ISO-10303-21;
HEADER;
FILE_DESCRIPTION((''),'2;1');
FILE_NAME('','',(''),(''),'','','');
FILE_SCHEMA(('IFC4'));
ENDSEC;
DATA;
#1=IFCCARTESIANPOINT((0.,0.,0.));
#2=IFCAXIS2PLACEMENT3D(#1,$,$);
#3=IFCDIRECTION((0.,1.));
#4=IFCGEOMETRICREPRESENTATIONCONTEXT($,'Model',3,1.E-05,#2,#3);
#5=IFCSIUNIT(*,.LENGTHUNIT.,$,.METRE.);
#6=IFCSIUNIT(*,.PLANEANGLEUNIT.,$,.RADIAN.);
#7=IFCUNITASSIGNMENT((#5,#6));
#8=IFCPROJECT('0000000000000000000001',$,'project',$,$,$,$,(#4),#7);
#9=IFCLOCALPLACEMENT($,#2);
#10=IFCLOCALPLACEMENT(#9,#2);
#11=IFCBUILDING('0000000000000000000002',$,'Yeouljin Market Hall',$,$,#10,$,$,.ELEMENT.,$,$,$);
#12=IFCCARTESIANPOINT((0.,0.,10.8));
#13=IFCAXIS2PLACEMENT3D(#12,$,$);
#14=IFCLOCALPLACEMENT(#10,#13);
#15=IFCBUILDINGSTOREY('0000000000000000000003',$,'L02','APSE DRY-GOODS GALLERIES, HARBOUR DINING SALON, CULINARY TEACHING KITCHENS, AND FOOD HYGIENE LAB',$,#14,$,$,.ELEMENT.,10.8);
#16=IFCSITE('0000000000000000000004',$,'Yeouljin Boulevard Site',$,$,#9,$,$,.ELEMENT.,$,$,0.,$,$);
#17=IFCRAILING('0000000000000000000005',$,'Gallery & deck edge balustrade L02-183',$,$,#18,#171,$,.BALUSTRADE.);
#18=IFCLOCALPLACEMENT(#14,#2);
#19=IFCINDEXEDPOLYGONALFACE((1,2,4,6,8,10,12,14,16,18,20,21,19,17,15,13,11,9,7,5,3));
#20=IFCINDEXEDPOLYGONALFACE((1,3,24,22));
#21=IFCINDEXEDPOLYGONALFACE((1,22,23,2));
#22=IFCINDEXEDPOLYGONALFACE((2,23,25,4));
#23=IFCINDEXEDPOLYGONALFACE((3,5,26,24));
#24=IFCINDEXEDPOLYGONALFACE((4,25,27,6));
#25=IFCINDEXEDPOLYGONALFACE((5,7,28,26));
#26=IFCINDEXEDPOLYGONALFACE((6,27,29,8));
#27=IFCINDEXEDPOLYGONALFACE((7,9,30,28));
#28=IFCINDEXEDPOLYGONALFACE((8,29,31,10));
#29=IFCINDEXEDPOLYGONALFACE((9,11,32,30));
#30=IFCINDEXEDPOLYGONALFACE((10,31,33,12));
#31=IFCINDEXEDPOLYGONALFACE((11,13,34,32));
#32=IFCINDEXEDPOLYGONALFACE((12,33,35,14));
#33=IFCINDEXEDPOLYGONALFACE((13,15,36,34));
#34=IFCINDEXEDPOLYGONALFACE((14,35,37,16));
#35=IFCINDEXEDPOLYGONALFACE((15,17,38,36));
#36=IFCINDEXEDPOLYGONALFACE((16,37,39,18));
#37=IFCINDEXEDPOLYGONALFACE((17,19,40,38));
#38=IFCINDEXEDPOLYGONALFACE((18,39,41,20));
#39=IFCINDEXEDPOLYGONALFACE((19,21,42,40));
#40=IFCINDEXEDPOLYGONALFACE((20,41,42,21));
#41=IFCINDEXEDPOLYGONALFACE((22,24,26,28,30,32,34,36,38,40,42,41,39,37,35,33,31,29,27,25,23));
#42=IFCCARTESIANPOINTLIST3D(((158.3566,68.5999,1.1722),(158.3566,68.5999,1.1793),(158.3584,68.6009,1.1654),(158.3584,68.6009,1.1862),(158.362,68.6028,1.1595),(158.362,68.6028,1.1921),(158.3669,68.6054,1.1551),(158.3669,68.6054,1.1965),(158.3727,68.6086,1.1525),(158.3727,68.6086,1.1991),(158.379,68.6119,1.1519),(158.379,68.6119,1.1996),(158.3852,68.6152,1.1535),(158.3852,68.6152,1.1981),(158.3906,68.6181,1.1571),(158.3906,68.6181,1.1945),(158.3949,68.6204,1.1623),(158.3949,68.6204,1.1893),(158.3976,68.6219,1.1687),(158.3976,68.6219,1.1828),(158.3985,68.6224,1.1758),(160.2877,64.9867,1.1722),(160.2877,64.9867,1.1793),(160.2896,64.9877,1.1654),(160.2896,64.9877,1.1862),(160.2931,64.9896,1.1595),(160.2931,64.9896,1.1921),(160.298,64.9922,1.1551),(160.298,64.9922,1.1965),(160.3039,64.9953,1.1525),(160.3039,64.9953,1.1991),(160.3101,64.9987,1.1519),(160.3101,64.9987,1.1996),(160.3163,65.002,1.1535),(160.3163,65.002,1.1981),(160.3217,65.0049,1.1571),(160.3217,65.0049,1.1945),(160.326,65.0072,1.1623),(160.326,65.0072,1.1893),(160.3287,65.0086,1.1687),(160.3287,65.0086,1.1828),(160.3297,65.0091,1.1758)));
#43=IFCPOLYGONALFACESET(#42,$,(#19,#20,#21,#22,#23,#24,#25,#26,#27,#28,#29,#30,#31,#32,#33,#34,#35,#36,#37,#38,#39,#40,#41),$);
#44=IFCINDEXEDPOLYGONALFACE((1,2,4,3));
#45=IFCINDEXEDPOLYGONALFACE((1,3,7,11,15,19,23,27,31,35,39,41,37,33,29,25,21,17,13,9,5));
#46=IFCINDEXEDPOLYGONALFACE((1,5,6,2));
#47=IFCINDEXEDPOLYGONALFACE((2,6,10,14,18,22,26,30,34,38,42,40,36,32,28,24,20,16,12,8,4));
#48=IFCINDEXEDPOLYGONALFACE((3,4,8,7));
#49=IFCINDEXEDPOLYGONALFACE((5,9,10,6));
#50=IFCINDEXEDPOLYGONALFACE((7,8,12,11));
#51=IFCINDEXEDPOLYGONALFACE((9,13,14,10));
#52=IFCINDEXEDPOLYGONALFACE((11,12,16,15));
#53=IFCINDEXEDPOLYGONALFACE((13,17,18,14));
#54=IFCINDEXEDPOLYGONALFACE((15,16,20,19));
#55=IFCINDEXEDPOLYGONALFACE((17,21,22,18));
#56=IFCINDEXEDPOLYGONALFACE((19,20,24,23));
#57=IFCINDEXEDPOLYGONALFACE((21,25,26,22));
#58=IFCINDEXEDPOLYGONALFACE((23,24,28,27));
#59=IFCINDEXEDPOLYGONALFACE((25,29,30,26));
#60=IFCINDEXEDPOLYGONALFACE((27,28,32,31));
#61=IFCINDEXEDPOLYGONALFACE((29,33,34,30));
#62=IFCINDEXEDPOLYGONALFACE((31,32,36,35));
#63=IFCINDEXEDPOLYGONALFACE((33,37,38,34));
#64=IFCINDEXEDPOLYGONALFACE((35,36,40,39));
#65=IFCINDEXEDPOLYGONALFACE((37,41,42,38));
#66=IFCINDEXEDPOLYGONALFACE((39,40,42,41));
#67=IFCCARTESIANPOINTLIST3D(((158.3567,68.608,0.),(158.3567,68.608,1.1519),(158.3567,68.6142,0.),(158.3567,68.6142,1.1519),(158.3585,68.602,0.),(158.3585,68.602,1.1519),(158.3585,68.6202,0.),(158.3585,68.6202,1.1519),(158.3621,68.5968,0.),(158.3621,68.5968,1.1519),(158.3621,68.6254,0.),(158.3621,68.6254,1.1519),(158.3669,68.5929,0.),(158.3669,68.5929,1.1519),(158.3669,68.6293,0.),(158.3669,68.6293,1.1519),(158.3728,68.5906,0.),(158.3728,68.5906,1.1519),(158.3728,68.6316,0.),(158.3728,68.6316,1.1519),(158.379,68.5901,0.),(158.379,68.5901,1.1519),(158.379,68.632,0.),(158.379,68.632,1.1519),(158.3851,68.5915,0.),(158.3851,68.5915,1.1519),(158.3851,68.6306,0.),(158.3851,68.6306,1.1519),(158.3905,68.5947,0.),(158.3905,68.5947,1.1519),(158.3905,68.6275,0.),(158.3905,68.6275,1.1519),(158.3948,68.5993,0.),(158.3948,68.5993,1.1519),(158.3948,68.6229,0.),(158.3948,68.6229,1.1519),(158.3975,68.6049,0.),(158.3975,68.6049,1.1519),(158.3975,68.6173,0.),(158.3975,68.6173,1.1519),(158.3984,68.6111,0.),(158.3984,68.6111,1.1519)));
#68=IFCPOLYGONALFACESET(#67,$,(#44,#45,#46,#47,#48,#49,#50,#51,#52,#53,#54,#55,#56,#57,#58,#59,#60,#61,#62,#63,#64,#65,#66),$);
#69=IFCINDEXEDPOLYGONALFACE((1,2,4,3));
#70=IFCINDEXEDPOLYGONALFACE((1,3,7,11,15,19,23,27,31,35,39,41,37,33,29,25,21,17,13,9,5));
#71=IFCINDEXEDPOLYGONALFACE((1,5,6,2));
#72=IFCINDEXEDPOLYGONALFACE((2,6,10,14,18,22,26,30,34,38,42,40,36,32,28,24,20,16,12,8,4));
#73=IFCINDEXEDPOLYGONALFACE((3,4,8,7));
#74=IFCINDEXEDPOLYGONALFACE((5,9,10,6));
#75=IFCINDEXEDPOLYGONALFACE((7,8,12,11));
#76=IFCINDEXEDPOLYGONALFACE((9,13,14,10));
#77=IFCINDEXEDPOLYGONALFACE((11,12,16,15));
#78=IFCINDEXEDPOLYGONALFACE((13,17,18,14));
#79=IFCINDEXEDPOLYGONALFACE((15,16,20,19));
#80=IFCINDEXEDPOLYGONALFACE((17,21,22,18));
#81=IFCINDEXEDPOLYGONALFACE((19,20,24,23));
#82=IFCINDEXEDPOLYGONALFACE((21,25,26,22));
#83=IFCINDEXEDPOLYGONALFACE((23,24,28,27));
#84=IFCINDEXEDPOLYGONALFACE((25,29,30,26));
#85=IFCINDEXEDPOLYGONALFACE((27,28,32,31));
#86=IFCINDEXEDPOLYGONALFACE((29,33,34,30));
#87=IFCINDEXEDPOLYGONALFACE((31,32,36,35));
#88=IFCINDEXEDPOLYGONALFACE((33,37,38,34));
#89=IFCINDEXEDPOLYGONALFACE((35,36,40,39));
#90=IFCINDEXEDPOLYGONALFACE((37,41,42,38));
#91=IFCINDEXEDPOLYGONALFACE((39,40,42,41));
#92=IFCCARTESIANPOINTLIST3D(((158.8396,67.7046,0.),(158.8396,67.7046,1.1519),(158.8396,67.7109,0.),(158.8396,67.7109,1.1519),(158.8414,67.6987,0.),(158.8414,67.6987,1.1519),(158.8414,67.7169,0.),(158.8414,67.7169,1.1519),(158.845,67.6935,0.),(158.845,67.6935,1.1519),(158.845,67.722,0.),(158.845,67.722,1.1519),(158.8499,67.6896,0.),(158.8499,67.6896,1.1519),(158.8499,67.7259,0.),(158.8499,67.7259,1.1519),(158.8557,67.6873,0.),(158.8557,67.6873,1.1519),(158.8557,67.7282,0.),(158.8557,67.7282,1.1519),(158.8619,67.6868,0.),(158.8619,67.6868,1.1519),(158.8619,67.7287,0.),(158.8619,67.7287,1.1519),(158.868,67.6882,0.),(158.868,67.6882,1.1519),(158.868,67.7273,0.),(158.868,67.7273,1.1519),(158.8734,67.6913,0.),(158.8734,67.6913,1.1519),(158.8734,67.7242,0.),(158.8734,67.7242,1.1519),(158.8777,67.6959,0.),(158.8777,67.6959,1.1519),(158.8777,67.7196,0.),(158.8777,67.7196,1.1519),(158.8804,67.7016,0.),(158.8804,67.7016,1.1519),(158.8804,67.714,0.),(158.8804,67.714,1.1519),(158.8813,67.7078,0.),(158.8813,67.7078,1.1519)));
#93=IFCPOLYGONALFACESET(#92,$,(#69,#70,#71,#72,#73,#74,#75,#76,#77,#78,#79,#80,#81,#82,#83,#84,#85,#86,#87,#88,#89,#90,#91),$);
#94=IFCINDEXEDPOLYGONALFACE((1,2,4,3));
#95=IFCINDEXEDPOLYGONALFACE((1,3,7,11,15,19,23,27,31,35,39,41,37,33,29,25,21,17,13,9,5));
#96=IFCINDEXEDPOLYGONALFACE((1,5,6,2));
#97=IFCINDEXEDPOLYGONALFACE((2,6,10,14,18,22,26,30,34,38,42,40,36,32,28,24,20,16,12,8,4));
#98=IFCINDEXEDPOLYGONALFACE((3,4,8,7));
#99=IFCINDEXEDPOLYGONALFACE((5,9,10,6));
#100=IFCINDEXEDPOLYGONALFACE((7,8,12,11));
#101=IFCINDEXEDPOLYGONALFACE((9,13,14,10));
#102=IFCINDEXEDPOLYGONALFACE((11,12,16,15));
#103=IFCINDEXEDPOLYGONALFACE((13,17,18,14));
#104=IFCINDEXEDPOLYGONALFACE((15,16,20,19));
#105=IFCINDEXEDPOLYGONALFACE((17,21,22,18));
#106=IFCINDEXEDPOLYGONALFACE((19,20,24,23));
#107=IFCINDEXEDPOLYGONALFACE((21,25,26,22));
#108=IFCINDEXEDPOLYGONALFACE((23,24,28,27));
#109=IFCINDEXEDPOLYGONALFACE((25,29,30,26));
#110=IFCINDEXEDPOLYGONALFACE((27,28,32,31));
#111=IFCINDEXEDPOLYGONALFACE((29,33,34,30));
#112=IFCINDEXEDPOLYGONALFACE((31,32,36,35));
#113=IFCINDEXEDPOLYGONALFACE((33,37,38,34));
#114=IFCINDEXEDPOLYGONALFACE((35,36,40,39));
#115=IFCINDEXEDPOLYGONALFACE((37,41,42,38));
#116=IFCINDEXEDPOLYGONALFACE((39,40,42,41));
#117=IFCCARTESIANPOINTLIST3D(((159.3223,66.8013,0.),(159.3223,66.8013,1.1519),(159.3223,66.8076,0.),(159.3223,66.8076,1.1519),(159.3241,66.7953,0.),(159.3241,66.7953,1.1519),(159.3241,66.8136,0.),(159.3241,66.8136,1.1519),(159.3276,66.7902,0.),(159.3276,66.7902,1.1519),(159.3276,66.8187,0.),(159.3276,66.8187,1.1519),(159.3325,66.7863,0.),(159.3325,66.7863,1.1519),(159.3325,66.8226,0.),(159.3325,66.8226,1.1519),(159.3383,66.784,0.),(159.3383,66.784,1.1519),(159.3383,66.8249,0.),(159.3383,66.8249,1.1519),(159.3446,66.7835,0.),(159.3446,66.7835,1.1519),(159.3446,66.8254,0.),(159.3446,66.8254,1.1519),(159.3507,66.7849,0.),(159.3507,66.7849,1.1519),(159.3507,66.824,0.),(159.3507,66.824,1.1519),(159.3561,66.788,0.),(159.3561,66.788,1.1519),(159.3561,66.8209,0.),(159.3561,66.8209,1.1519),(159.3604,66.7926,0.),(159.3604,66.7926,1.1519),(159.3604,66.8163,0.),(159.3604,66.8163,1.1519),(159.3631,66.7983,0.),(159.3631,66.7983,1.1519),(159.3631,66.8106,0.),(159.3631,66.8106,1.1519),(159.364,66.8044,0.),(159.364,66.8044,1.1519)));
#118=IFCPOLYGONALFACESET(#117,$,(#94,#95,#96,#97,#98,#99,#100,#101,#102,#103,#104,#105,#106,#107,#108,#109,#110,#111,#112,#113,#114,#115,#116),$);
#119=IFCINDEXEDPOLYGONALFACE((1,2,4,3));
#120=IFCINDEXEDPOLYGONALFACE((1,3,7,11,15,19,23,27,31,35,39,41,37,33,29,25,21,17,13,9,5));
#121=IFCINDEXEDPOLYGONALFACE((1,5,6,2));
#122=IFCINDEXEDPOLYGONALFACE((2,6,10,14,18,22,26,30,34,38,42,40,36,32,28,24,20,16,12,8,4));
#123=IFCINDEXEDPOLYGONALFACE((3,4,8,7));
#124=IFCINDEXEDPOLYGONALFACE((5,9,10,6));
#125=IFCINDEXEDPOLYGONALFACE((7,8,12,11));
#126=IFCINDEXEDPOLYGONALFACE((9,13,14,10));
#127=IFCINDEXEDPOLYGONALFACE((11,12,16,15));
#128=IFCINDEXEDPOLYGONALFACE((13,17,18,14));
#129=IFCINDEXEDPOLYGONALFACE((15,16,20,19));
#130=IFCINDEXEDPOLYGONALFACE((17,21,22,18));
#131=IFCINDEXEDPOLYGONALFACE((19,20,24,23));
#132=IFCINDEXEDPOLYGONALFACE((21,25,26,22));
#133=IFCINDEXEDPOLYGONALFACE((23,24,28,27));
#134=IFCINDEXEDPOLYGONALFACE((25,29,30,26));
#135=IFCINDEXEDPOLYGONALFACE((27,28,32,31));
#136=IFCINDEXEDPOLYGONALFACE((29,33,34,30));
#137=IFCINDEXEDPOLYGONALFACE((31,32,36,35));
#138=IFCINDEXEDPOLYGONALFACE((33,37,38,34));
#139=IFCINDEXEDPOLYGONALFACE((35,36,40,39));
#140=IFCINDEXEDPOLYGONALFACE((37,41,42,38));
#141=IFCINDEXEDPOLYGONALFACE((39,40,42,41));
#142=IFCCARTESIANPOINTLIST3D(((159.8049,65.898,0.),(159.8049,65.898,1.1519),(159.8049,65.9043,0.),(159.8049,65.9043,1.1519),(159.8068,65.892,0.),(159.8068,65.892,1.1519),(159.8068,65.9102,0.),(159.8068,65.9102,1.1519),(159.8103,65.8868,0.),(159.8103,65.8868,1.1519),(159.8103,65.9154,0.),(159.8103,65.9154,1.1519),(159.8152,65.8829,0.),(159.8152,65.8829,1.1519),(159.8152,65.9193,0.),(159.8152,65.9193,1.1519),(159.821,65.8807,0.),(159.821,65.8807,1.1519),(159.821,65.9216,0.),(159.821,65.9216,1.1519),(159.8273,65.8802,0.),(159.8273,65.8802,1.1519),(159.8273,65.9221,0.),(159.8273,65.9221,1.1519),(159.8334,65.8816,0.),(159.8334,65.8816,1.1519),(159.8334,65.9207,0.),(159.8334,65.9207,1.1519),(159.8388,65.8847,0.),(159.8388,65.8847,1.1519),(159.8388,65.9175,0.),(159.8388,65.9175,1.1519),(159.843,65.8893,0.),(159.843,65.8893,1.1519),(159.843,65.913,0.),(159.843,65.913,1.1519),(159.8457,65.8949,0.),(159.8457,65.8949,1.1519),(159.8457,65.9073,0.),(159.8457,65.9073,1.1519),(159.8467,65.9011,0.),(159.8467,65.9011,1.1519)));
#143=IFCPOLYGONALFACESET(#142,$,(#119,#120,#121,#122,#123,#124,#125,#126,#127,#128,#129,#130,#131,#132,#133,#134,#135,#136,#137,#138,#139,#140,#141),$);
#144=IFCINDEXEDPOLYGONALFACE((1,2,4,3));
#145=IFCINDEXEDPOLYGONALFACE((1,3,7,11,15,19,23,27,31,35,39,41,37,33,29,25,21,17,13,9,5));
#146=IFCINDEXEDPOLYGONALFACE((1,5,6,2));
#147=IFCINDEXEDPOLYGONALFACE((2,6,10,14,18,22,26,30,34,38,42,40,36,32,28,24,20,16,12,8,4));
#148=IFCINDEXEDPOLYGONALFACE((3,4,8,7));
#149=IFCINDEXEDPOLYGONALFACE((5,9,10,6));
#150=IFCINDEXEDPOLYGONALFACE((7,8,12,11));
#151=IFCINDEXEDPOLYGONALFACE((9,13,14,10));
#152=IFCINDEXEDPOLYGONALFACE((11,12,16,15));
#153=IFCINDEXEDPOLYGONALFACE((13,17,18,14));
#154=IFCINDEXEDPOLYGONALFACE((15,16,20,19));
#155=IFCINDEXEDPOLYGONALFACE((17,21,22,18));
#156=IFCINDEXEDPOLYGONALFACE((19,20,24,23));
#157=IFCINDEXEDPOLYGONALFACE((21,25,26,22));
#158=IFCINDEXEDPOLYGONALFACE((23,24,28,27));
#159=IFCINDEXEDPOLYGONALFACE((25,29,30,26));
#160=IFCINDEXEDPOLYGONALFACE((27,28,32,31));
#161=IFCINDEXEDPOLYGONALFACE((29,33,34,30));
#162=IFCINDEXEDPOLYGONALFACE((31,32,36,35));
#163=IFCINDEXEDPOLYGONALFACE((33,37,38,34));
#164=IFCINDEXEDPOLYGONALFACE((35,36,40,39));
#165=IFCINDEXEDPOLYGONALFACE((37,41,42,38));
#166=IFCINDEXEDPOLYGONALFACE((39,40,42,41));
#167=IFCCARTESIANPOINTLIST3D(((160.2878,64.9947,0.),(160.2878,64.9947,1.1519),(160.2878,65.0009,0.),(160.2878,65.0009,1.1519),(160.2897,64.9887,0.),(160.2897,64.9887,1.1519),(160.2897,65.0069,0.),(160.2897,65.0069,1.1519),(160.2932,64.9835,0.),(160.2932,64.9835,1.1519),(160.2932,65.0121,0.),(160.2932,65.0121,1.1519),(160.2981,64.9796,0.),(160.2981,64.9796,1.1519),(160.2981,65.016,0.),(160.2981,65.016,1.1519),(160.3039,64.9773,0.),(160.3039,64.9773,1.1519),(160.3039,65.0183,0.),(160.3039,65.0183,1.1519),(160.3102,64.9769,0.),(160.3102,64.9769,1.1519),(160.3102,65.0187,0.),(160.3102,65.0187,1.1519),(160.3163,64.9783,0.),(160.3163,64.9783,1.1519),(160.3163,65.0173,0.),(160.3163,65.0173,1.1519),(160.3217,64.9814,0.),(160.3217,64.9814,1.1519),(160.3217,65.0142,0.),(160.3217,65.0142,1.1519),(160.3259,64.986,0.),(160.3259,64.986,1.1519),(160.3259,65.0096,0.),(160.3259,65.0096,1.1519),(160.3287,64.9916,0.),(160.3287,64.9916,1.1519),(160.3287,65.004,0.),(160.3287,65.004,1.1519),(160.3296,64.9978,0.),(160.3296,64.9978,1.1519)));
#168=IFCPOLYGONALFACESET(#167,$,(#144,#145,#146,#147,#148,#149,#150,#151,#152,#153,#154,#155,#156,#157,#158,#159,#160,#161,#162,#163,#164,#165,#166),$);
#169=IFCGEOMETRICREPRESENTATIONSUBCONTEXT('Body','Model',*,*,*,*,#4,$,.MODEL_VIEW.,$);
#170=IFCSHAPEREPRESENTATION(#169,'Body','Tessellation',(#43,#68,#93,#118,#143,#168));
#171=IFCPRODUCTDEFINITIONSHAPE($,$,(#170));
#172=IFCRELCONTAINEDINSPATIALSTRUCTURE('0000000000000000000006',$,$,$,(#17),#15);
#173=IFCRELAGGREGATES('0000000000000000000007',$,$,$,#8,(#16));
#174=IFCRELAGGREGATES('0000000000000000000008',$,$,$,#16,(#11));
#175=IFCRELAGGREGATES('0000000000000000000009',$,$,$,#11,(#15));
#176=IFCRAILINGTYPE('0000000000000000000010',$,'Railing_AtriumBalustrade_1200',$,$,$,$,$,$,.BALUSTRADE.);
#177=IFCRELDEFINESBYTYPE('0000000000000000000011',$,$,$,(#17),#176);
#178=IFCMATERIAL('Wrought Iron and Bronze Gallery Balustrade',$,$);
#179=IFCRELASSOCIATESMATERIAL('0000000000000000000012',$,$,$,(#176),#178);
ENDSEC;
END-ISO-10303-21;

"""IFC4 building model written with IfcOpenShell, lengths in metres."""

from ifc_helpers import new_model, si_unit, direction, frame, origin, origin_2d, place, context, subcontext, project, spatial, circle, extrude, material, type_object, element, save


model = new_model("IFC4")

# Units and contexts
model_context = context("Model", 3, precision=1e-05, world=origin(), true_north=direction((0.0, 1.0)))
body_context = subcontext(model_context, "Body", "Model", "MODEL_VIEW")
ifc_project = project(units=[si_unit("LENGTHUNIT", "METRE"), si_unit("PLANEANGLEUNIT", "RADIAN")], contexts=[model_context])

# Site, building, storey
site_placement = place(None, origin())
site = spatial("IfcSite", under=ifc_project, at=site_placement, Name="Yeouljin Boulevard Site", CompositionType="ELEMENT", RefElevation=0.0)
building_placement = place(site_placement, origin())
building = spatial("IfcBuilding", under=site, at=building_placement, Name="Yeouljin Market Hall", CompositionType="ELEMENT")
storey_placement = place(building_placement, frame((0.0, 0.0, 10.8)))
storey = spatial("IfcBuildingStorey", under=building, at=storey_placement, Name="L02", Description="APSE DRY-GOODS GALLERIES, HARBOUR DINING SALON, CULINARY TEACHING KITCHENS, AND FOOD HYGIENE LAB", CompositionType="ELEMENT", Elevation=10.8)

# Railing
ifc_material_1 = material(Name="Wrought Iron and Bronze Gallery Balustrade")
railing_type = type_object("IfcRailingType", Name="Railing_AtriumBalustrade_1200", PredefinedType="BALUSTRADE", material=ifc_material_1)
railing_1_placement = place(storey_placement, frame((158.3774, 68.6111, 0.0)))
element("IfcRailing", 1, at=railing_1_placement, inside=storey, type_object=railing_type, Name="Gallery & deck edge balustrade L02-183", PredefinedType="BALUSTRADE", context=body_context, shape_type="SweptSolid", body=[
    extrude(circle(Radius=0.0239, at=origin_2d()), frame((0.0, 0.0, 1.1758), z_axis=(0.471361, -0.88194, 0.0), x_axis=(0.88194, 0.471361, 0.0)), (0.0, 0.0, 1.0), 4.0969),
    extrude(circle(Radius=0.021, at=origin_2d()), origin(), (0.0, 0.0, 1.0), 1.1519),
    extrude(circle(Radius=0.021, at=origin_2d()), frame((0.4829, -0.9033, 0.0)), (0.0, 0.0, 1.0), 1.1519),
    extrude(circle(Radius=0.021, at=origin_2d()), frame((0.9656, -1.8066, 0.0)), (0.0, 0.0, 1.0), 1.1519),
    extrude(circle(Radius=0.021, at=origin_2d()), frame((1.4482, -2.71, 0.0)), (0.0, 0.0, 1.0), 1.1519),
    extrude(circle(Radius=0.021, at=origin_2d()), frame((1.9312, -3.6133, 0.0)), (0.0, 0.0, 1.0), 1.1519),
])

save(model, "model.ifc")
